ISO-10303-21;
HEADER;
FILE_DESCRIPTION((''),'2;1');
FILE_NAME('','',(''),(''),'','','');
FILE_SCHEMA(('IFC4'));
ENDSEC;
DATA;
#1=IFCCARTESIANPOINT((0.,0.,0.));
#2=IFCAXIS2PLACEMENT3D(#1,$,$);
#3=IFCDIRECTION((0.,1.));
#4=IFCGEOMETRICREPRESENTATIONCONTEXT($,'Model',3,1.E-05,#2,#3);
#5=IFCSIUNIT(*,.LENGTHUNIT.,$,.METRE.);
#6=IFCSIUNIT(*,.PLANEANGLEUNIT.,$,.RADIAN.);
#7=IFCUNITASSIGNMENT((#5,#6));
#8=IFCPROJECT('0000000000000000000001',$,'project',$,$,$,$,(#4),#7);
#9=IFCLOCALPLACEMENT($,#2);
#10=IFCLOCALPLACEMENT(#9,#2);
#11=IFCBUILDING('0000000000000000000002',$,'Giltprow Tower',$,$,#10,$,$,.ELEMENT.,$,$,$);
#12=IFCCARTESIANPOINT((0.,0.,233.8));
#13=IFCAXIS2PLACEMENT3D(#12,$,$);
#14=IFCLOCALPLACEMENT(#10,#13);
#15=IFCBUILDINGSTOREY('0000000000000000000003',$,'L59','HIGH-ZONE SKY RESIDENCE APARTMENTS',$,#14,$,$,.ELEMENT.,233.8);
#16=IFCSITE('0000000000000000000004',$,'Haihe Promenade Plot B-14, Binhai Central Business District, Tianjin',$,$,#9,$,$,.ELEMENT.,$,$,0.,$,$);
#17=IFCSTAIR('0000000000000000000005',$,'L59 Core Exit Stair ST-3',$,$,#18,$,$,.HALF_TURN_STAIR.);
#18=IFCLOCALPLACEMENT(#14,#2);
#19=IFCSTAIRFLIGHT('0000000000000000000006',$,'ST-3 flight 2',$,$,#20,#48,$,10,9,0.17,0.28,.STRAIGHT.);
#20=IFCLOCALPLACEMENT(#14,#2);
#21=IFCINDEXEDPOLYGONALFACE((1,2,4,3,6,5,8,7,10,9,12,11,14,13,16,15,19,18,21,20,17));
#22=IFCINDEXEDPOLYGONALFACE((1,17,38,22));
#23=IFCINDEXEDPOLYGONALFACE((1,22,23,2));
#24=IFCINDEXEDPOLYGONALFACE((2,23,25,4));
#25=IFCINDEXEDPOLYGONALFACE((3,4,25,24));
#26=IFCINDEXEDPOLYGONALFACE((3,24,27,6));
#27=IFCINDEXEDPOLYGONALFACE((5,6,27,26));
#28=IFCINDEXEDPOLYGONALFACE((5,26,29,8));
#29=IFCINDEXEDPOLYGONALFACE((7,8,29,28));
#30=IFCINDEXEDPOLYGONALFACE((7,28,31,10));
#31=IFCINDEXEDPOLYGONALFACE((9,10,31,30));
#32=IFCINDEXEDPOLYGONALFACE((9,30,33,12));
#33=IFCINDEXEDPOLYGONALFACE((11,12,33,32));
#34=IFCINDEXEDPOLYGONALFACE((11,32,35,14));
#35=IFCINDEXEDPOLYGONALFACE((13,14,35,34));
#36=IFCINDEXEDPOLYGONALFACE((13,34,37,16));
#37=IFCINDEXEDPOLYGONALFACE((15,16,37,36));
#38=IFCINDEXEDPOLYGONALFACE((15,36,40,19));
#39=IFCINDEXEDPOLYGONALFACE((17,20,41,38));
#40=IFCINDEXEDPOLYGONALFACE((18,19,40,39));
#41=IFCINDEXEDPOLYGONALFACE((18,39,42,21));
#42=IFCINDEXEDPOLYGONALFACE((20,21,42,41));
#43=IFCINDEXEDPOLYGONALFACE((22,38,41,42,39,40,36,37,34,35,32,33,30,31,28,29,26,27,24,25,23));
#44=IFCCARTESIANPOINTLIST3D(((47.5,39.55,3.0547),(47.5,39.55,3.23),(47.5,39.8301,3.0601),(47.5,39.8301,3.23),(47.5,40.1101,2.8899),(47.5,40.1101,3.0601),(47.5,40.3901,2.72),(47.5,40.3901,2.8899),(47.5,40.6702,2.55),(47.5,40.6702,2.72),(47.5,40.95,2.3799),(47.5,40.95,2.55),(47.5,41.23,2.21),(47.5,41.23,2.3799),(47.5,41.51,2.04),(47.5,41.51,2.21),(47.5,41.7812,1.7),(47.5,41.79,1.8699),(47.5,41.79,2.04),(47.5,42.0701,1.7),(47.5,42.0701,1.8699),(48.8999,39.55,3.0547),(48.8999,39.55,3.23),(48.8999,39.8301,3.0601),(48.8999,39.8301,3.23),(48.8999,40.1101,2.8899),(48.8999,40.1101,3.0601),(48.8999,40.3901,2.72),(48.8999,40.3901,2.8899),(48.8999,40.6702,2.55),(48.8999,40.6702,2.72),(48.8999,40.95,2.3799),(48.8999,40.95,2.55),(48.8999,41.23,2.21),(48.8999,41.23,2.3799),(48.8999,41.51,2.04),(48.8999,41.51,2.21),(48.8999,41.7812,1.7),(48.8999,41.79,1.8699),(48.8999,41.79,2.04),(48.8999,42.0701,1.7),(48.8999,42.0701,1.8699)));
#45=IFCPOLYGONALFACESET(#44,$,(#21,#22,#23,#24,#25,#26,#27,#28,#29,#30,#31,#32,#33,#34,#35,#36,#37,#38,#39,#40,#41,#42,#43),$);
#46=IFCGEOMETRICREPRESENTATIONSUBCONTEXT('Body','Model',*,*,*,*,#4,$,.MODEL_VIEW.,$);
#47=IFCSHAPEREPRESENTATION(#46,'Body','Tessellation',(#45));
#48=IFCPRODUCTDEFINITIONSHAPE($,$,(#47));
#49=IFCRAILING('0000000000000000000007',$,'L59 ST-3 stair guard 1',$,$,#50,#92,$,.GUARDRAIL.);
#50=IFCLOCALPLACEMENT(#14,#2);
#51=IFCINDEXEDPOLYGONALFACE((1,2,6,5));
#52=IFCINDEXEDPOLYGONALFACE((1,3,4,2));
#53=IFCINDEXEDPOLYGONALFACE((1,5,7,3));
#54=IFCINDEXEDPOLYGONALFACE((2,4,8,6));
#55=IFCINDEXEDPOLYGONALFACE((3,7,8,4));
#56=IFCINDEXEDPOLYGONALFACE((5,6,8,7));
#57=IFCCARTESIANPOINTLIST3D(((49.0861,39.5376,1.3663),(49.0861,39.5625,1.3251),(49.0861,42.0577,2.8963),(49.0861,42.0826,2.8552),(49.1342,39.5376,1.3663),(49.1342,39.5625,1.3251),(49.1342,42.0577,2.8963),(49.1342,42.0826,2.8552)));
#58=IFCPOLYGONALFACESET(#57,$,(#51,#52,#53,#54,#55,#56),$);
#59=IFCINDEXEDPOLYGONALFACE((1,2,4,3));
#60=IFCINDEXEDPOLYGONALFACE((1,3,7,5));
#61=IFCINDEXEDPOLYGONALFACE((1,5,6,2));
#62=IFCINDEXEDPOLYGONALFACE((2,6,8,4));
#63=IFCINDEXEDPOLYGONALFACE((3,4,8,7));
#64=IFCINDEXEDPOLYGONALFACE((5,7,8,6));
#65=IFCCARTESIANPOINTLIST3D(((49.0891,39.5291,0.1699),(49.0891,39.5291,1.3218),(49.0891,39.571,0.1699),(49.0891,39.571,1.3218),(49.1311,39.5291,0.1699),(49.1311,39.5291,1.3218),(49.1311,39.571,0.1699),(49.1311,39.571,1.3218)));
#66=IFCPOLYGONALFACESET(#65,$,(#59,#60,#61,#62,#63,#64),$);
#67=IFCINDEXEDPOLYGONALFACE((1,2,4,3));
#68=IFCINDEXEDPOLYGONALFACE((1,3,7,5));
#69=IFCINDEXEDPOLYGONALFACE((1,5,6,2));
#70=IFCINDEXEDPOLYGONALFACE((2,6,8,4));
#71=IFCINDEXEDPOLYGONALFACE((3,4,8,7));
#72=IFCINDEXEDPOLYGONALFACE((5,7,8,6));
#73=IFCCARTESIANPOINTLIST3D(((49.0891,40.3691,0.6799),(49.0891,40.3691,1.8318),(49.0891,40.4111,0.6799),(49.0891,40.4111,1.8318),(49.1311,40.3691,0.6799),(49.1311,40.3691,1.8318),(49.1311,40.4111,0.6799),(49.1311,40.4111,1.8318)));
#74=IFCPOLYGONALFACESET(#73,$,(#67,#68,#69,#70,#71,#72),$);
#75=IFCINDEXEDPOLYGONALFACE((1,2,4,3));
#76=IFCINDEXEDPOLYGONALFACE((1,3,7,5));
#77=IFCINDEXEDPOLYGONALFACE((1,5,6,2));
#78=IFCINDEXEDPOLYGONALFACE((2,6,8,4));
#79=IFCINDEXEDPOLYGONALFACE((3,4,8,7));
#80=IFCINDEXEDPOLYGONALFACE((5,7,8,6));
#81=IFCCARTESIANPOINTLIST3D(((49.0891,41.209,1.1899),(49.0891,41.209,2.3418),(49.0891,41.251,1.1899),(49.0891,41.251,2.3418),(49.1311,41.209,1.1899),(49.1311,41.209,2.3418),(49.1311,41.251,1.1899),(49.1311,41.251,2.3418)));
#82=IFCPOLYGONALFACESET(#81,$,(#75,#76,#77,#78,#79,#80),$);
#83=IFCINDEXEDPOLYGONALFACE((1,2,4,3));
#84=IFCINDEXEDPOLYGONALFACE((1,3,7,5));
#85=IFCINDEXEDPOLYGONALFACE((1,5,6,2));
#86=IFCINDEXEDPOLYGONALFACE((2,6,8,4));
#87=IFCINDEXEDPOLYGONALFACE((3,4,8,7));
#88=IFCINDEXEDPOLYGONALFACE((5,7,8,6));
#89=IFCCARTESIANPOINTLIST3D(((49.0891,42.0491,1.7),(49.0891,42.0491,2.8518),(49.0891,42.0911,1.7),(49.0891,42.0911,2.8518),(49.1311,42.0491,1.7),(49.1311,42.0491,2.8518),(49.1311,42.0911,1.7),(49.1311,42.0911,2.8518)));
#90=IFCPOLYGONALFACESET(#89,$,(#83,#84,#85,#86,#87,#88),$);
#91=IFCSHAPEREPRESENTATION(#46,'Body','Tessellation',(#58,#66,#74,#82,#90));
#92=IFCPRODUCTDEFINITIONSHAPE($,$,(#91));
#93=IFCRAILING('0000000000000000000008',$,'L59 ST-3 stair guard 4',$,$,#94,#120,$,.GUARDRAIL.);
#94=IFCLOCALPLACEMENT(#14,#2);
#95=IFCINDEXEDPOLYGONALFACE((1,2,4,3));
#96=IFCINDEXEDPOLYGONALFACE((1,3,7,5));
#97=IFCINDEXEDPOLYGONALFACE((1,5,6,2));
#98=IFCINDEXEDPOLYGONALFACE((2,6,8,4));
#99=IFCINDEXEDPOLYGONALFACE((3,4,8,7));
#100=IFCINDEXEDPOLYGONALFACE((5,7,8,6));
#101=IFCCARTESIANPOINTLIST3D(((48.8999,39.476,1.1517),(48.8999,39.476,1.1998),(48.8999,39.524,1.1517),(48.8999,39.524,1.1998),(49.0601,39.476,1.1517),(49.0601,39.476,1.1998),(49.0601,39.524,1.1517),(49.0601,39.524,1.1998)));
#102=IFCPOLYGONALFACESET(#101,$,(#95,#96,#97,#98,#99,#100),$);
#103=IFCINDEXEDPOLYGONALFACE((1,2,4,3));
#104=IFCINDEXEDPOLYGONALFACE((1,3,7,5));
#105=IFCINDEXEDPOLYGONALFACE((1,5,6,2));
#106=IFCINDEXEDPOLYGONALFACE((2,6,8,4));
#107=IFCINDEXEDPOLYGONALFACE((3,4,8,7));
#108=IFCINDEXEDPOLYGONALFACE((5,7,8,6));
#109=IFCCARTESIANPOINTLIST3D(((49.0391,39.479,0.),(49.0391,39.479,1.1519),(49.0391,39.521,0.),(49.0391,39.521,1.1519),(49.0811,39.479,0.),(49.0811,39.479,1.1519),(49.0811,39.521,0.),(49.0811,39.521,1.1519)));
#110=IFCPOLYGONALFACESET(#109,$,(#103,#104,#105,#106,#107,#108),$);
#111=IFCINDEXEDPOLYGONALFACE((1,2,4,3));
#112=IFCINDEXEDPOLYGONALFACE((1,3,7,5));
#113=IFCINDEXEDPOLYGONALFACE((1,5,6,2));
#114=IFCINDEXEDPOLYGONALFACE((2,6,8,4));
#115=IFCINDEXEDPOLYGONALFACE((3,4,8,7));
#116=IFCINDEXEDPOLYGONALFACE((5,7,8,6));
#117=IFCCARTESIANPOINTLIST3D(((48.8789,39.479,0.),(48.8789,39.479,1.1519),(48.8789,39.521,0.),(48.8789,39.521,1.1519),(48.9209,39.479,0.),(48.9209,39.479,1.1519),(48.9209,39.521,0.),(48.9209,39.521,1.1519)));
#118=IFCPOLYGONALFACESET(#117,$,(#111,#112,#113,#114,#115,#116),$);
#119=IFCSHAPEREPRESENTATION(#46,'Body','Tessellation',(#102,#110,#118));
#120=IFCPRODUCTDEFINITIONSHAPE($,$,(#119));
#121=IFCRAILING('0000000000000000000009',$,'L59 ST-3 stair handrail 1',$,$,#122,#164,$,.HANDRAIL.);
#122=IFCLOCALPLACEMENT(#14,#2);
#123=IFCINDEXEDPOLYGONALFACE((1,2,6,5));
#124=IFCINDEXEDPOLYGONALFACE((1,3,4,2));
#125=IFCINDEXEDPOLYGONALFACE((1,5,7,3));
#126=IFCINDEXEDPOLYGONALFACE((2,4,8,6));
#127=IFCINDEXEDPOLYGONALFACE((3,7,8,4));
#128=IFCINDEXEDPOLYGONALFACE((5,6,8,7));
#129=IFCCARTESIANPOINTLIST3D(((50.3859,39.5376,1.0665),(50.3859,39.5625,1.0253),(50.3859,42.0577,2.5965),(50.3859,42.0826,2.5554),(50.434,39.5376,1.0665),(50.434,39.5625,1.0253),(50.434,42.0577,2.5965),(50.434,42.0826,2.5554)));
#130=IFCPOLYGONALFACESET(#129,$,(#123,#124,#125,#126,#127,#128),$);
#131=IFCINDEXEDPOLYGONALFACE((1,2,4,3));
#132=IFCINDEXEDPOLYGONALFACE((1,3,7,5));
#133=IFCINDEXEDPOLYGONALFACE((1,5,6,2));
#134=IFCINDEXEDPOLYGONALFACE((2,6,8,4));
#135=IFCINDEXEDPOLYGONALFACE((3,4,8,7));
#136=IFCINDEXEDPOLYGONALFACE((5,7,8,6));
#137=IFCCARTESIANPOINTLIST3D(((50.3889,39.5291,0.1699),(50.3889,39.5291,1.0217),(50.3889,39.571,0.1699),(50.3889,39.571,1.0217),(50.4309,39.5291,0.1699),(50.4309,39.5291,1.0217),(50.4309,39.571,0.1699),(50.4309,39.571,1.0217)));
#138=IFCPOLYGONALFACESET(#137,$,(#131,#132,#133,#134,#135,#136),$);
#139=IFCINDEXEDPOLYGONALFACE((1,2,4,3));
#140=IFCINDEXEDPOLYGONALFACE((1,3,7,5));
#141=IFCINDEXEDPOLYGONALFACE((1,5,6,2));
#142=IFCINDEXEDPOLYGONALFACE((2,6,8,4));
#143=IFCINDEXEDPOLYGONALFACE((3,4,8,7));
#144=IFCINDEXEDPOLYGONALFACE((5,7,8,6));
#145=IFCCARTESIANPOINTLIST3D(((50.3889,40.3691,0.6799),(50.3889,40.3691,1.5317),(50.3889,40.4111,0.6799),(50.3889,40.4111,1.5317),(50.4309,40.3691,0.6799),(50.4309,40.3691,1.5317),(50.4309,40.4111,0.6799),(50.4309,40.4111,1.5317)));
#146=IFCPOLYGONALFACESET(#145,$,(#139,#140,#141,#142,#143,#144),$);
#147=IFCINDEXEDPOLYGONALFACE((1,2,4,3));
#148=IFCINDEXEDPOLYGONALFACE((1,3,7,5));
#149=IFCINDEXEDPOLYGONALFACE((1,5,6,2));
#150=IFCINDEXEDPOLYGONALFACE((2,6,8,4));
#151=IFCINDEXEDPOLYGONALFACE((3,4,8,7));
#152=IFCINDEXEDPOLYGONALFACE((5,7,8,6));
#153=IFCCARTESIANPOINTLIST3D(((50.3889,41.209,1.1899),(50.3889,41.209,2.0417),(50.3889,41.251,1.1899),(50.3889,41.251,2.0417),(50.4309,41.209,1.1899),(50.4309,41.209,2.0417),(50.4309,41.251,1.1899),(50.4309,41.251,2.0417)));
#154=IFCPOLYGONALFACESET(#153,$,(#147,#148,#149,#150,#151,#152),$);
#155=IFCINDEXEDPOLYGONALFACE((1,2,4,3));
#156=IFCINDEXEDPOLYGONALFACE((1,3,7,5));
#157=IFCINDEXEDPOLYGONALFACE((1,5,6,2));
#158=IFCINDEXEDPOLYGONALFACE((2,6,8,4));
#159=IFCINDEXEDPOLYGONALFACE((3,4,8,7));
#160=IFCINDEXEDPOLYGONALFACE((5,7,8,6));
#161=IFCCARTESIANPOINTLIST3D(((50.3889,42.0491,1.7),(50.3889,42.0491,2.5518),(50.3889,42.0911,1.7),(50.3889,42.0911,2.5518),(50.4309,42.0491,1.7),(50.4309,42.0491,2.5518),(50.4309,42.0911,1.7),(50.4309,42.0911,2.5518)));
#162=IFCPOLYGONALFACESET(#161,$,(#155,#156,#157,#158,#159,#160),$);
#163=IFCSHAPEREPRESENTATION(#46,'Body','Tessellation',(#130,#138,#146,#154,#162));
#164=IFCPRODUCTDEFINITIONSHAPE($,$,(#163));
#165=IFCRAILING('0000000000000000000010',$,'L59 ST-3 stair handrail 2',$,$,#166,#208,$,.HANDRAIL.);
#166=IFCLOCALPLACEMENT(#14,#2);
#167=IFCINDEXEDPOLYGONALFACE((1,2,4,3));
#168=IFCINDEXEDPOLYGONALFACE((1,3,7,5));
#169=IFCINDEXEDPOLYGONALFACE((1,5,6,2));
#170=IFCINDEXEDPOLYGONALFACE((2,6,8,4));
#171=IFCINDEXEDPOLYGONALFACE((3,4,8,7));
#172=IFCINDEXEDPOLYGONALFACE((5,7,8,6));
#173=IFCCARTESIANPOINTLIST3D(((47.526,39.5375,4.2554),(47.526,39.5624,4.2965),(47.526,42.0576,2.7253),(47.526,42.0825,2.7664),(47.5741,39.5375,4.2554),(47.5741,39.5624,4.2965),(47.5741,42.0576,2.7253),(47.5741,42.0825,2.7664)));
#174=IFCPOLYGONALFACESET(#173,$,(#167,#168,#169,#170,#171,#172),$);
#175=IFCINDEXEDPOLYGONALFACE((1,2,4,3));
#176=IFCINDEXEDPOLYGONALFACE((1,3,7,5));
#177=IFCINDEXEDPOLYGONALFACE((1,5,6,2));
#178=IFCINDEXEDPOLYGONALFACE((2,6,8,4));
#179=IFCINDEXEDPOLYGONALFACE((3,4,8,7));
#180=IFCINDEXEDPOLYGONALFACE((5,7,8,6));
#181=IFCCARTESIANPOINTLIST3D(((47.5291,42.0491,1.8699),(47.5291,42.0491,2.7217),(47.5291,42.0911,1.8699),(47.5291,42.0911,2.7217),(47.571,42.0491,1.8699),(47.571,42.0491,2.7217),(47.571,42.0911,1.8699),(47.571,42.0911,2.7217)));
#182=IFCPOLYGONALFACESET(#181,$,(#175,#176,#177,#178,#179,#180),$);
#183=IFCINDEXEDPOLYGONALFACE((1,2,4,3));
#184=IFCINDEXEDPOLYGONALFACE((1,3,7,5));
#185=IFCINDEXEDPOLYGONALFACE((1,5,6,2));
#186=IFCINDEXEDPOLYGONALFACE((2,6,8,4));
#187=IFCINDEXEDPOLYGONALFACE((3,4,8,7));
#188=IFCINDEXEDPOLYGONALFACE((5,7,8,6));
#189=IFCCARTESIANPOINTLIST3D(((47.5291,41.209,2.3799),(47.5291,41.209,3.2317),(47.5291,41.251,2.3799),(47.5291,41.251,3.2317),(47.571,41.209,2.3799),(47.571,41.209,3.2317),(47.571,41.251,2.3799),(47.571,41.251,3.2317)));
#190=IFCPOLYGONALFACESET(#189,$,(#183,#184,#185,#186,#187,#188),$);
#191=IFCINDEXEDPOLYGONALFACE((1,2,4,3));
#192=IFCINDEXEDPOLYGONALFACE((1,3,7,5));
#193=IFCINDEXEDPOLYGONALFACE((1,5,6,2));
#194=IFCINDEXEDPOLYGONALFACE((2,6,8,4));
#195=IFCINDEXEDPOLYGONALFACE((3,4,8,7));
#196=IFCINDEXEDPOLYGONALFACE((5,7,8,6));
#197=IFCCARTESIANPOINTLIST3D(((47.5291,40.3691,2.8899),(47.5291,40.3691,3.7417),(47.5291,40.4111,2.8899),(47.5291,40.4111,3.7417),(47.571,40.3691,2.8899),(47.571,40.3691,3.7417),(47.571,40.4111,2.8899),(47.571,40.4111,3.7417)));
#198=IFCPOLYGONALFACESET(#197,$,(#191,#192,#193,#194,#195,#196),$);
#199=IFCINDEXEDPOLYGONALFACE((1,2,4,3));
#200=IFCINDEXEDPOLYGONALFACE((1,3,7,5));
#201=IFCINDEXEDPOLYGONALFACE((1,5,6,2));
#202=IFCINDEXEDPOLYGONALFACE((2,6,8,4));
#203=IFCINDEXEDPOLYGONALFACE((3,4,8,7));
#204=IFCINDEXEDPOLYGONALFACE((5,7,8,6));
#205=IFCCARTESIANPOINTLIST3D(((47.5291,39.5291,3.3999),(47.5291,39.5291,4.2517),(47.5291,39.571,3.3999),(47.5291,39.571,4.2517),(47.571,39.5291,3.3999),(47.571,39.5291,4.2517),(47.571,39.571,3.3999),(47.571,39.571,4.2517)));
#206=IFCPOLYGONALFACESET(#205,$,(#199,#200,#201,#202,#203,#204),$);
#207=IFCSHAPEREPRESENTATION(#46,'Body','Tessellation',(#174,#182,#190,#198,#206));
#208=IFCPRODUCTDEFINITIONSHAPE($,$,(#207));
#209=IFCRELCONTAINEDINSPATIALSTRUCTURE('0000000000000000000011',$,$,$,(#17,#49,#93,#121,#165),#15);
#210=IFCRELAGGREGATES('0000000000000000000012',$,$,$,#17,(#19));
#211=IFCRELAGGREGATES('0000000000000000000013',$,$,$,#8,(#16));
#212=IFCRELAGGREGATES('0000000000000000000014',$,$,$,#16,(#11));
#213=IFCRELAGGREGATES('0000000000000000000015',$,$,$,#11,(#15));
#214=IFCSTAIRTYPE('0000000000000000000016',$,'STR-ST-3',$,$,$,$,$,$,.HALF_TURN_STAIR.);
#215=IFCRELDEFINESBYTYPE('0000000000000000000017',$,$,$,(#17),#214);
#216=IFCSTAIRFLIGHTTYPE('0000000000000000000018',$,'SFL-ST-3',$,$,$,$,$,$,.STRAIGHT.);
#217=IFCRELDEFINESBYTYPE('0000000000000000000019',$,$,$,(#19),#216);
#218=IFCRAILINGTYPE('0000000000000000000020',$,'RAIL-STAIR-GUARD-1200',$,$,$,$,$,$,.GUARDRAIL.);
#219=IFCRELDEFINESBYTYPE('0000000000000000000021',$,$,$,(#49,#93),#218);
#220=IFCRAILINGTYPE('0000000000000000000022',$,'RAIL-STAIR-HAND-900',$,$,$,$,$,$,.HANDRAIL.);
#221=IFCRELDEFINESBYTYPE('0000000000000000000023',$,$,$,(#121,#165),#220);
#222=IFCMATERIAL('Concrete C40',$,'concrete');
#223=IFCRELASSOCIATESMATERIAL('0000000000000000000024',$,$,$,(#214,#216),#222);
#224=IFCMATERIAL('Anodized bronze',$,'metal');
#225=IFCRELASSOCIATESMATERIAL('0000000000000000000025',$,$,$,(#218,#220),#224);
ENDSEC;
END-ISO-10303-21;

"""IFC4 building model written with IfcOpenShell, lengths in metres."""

from ifc_helpers import new_model, si_unit, direction, frame, origin, origin_2d, place, context, subcontext, project, spatial, polyline, rectangle, outline, extrude, material, type_object, element, aggregate, save


model = new_model("IFC4")

# Units and contexts
model_context = context("Model", 3, precision=1e-05, world=origin(), true_north=direction((0.0, 1.0)))
body_context = subcontext(model_context, "Body", "Model", "MODEL_VIEW")
ifc_project = project(units=[si_unit("LENGTHUNIT", "METRE"), si_unit("PLANEANGLEUNIT", "RADIAN")], contexts=[model_context])

# Site, building, storey
site_placement = place(None, origin())
site = spatial("IfcSite", under=ifc_project, at=site_placement, Name="Haihe Promenade Plot B-14, Binhai Central Business District, Tianjin", CompositionType="ELEMENT", RefElevation=0.0)
building_placement = place(site_placement, origin())
building = spatial("IfcBuilding", under=site, at=building_placement, Name="Giltprow Tower", CompositionType="ELEMENT")
storey_placement = place(building_placement, frame((0.0, 0.0, 233.8)))
storey = spatial("IfcBuildingStorey", under=building, at=storey_placement, Name="L59", Description="HIGH-ZONE SKY RESIDENCE APARTMENTS", CompositionType="ELEMENT", Elevation=233.8)

# Stair, stair flight
ifc_material_1 = material(Name="Concrete C40", Category="concrete")
stair_type = type_object("IfcStairType", Name="STR-ST-3", PredefinedType="HALF_TURN_STAIR", material=ifc_material_1)
stair_placement = place(storey_placement, origin())
stair = element("IfcStair", 1, at=stair_placement, inside=storey, type_object=stair_type, Name="L59 Core Exit Stair ST-3", PredefinedType="HALF_TURN_STAIR")
stair_flight_type = type_object("IfcStairFlightType", Name="SFL-ST-3", PredefinedType="STRAIGHT", material=ifc_material_1)
stair_flight_1_placement = place(storey_placement, frame((48.2, 42.0701, 1.7), z_axis=(0.0, 0.0, 1.0), x_axis=(0.0, -1.0, 0.0)))
stair_flight_1 = element("IfcStairFlight", 2, at=stair_flight_1_placement, type_object=stair_flight_type, Name="ST-3 flight 2", NumberOfRisers=10, NumberOfTreads=9, PredefinedType="STRAIGHT", RiserHeight=0.17, TreadLength=0.28, context=body_context, shape_type="SweptSolid", body=[
    extrude(outline(polyline([(0.0, 0.0), (0.0, 0.1699), (0.28, 0.1699), (0.28, 0.3401), (0.5601, 0.3401), (0.5601, 0.51), (0.8401, 0.51), (0.8401, 0.6799), (1.1201, 0.6799), (1.1201, 0.8501), (1.3999, 0.8501), (1.3999, 1.02), (1.6799, 1.02), (1.6799, 1.1899), (1.96, 1.1899), (1.96, 1.3601), (2.24, 1.3601), (2.24, 1.53), (2.52, 1.53), (2.52, 1.7), (2.52, 1.3547), (0.2888, 0.0), (0.0, 0.0)])), frame((0.0, 0.7, 0.0), z_axis=(0.0, -1.0, 0.0), x_axis=(1.0, 0.0, 0.0)), (0.0, 0.0, 1.0), 1.3999),
])
aggregate(stair, [stair_flight_1])

# Railings
ifc_material_2 = material(Name="Anodized bronze", Category="metal")
railing_type_1 = type_object("IfcRailingType", Name="RAIL-STAIR-GUARD-1200", PredefinedType="GUARDRAIL", material=ifc_material_2)
railing_1_placement = place(storey_placement, frame((49.1101, 39.55, 0.1699)))
element("IfcRailing", 3, at=railing_1_placement, inside=storey, type_object=railing_type_1, Name="L59 ST-3 stair guard 1", PredefinedType="GUARDRAIL", context=body_context, shape_type="SweptSolid", body=[
    extrude(rectangle(XDim=0.0481, YDim=0.0481, at=origin_2d()), frame((0.0, 0.0, 1.1758), z_axis=(0.0, 0.854785, 0.518982), x_axis=(-1.0, 0.0, 0.0)), (0.0, 0.0, 1.0), 2.9482),
    extrude(rectangle(XDim=0.042, YDim=0.042, at=origin_2d()), origin(), (0.0, 0.0, 1.0), 1.1519),
    extrude(rectangle(XDim=0.042, YDim=0.042, at=origin_2d()), frame((0.0, 0.8401, 0.51)), (0.0, 0.0, 1.0), 1.1519),
    extrude(rectangle(XDim=0.042, YDim=0.042, at=origin_2d()), frame((0.0, 1.6799, 1.02)), (0.0, 0.0, 1.0), 1.1519),
    extrude(rectangle(XDim=0.042, YDim=0.042, at=origin_2d()), frame((0.0, 2.52, 1.53)), (0.0, 0.0, 1.0), 1.1519),
])
railing_2_placement = place(storey_placement, frame((49.0601, 39.5, 0.0)))
element("IfcRailing", 4, at=railing_2_placement, inside=storey, type_object=railing_type_1, Name="L59 ST-3 stair guard 4", PredefinedType="GUARDRAIL", context=body_context, shape_type="SweptSolid", body=[
    extrude(rectangle(XDim=0.0481, YDim=0.0481, at=origin_2d()), frame((0.0, 0.0, 1.1758), z_axis=(-1.0, 0.0, 0.0), x_axis=(0.0, -1.0, 0.0)), (0.0, 0.0, 1.0), 0.1602),
    extrude(rectangle(XDim=0.042, YDim=0.042, at=origin_2d()), origin(), (0.0, 0.0, 1.0), 1.1519),
    extrude(rectangle(XDim=0.042, YDim=0.042, at=origin_2d()), frame((-0.1602, 0.0, 0.0)), (0.0, 0.0, 1.0), 1.1519),
])
railing_type_2 = type_object("IfcRailingType", Name="RAIL-STAIR-HAND-900", PredefinedType="HANDRAIL", material=ifc_material_2)
railing_3_placement = place(storey_placement, frame((50.4099, 39.55, 0.1699)))
element("IfcRailing", 5, at=railing_3_placement, inside=storey, type_object=railing_type_2, Name="L59 ST-3 stair handrail 1", PredefinedType="HANDRAIL", context=body_context, shape_type="SweptSolid", body=[
    extrude(rectangle(XDim=0.0481, YDim=0.0481, at=origin_2d()), frame((0.0, 0.0, 0.876), z_axis=(0.0, 0.854785, 0.518982), x_axis=(-1.0, 0.0, 0.0)), (0.0, 0.0, 1.0), 2.9482),
    extrude(rectangle(XDim=0.042, YDim=0.042, at=origin_2d()), origin(), (0.0, 0.0, 1.0), 0.8518),
    extrude(rectangle(XDim=0.042, YDim=0.042, at=origin_2d()), frame((0.0, 0.8401, 0.51)), (0.0, 0.0, 1.0), 0.8518),
    extrude(rectangle(XDim=0.042, YDim=0.042, at=origin_2d()), frame((0.0, 1.6799, 1.02)), (0.0, 0.0, 1.0), 0.8518),
    extrude(rectangle(XDim=0.042, YDim=0.042, at=origin_2d()), frame((0.0, 2.52, 1.53)), (0.0, 0.0, 1.0), 0.8518),
])
railing_4_placement = place(storey_placement, frame((47.55, 42.0701, 1.8699)))
element("IfcRailing", 6, at=railing_4_placement, inside=storey, type_object=railing_type_2, Name="L59 ST-3 stair handrail 2", PredefinedType="HANDRAIL", context=body_context, shape_type="SweptSolid", body=[
    extrude(rectangle(XDim=0.0481, YDim=0.0481, at=origin_2d()), frame((0.0, 0.0, 0.876), z_axis=(0.0, -0.854785, 0.518982), x_axis=(1.0, 0.0, 0.0)), (0.0, 0.0, 1.0), 2.9482),
    extrude(rectangle(XDim=0.042, YDim=0.042, at=origin_2d()), origin(), (0.0, 0.0, 1.0), 0.8518),
    extrude(rectangle(XDim=0.042, YDim=0.042, at=origin_2d()), frame((0.0, -0.8401, 0.51)), (0.0, 0.0, 1.0), 0.8518),
    extrude(rectangle(XDim=0.042, YDim=0.042, at=origin_2d()), frame((0.0, -1.6799, 1.02)), (0.0, 0.0, 1.0), 0.8518),
    extrude(rectangle(XDim=0.042, YDim=0.042, at=origin_2d()), frame((0.0, -2.52, 1.53)), (0.0, 0.0, 1.0), 0.8518),
])

save(model, "model.ifc")
